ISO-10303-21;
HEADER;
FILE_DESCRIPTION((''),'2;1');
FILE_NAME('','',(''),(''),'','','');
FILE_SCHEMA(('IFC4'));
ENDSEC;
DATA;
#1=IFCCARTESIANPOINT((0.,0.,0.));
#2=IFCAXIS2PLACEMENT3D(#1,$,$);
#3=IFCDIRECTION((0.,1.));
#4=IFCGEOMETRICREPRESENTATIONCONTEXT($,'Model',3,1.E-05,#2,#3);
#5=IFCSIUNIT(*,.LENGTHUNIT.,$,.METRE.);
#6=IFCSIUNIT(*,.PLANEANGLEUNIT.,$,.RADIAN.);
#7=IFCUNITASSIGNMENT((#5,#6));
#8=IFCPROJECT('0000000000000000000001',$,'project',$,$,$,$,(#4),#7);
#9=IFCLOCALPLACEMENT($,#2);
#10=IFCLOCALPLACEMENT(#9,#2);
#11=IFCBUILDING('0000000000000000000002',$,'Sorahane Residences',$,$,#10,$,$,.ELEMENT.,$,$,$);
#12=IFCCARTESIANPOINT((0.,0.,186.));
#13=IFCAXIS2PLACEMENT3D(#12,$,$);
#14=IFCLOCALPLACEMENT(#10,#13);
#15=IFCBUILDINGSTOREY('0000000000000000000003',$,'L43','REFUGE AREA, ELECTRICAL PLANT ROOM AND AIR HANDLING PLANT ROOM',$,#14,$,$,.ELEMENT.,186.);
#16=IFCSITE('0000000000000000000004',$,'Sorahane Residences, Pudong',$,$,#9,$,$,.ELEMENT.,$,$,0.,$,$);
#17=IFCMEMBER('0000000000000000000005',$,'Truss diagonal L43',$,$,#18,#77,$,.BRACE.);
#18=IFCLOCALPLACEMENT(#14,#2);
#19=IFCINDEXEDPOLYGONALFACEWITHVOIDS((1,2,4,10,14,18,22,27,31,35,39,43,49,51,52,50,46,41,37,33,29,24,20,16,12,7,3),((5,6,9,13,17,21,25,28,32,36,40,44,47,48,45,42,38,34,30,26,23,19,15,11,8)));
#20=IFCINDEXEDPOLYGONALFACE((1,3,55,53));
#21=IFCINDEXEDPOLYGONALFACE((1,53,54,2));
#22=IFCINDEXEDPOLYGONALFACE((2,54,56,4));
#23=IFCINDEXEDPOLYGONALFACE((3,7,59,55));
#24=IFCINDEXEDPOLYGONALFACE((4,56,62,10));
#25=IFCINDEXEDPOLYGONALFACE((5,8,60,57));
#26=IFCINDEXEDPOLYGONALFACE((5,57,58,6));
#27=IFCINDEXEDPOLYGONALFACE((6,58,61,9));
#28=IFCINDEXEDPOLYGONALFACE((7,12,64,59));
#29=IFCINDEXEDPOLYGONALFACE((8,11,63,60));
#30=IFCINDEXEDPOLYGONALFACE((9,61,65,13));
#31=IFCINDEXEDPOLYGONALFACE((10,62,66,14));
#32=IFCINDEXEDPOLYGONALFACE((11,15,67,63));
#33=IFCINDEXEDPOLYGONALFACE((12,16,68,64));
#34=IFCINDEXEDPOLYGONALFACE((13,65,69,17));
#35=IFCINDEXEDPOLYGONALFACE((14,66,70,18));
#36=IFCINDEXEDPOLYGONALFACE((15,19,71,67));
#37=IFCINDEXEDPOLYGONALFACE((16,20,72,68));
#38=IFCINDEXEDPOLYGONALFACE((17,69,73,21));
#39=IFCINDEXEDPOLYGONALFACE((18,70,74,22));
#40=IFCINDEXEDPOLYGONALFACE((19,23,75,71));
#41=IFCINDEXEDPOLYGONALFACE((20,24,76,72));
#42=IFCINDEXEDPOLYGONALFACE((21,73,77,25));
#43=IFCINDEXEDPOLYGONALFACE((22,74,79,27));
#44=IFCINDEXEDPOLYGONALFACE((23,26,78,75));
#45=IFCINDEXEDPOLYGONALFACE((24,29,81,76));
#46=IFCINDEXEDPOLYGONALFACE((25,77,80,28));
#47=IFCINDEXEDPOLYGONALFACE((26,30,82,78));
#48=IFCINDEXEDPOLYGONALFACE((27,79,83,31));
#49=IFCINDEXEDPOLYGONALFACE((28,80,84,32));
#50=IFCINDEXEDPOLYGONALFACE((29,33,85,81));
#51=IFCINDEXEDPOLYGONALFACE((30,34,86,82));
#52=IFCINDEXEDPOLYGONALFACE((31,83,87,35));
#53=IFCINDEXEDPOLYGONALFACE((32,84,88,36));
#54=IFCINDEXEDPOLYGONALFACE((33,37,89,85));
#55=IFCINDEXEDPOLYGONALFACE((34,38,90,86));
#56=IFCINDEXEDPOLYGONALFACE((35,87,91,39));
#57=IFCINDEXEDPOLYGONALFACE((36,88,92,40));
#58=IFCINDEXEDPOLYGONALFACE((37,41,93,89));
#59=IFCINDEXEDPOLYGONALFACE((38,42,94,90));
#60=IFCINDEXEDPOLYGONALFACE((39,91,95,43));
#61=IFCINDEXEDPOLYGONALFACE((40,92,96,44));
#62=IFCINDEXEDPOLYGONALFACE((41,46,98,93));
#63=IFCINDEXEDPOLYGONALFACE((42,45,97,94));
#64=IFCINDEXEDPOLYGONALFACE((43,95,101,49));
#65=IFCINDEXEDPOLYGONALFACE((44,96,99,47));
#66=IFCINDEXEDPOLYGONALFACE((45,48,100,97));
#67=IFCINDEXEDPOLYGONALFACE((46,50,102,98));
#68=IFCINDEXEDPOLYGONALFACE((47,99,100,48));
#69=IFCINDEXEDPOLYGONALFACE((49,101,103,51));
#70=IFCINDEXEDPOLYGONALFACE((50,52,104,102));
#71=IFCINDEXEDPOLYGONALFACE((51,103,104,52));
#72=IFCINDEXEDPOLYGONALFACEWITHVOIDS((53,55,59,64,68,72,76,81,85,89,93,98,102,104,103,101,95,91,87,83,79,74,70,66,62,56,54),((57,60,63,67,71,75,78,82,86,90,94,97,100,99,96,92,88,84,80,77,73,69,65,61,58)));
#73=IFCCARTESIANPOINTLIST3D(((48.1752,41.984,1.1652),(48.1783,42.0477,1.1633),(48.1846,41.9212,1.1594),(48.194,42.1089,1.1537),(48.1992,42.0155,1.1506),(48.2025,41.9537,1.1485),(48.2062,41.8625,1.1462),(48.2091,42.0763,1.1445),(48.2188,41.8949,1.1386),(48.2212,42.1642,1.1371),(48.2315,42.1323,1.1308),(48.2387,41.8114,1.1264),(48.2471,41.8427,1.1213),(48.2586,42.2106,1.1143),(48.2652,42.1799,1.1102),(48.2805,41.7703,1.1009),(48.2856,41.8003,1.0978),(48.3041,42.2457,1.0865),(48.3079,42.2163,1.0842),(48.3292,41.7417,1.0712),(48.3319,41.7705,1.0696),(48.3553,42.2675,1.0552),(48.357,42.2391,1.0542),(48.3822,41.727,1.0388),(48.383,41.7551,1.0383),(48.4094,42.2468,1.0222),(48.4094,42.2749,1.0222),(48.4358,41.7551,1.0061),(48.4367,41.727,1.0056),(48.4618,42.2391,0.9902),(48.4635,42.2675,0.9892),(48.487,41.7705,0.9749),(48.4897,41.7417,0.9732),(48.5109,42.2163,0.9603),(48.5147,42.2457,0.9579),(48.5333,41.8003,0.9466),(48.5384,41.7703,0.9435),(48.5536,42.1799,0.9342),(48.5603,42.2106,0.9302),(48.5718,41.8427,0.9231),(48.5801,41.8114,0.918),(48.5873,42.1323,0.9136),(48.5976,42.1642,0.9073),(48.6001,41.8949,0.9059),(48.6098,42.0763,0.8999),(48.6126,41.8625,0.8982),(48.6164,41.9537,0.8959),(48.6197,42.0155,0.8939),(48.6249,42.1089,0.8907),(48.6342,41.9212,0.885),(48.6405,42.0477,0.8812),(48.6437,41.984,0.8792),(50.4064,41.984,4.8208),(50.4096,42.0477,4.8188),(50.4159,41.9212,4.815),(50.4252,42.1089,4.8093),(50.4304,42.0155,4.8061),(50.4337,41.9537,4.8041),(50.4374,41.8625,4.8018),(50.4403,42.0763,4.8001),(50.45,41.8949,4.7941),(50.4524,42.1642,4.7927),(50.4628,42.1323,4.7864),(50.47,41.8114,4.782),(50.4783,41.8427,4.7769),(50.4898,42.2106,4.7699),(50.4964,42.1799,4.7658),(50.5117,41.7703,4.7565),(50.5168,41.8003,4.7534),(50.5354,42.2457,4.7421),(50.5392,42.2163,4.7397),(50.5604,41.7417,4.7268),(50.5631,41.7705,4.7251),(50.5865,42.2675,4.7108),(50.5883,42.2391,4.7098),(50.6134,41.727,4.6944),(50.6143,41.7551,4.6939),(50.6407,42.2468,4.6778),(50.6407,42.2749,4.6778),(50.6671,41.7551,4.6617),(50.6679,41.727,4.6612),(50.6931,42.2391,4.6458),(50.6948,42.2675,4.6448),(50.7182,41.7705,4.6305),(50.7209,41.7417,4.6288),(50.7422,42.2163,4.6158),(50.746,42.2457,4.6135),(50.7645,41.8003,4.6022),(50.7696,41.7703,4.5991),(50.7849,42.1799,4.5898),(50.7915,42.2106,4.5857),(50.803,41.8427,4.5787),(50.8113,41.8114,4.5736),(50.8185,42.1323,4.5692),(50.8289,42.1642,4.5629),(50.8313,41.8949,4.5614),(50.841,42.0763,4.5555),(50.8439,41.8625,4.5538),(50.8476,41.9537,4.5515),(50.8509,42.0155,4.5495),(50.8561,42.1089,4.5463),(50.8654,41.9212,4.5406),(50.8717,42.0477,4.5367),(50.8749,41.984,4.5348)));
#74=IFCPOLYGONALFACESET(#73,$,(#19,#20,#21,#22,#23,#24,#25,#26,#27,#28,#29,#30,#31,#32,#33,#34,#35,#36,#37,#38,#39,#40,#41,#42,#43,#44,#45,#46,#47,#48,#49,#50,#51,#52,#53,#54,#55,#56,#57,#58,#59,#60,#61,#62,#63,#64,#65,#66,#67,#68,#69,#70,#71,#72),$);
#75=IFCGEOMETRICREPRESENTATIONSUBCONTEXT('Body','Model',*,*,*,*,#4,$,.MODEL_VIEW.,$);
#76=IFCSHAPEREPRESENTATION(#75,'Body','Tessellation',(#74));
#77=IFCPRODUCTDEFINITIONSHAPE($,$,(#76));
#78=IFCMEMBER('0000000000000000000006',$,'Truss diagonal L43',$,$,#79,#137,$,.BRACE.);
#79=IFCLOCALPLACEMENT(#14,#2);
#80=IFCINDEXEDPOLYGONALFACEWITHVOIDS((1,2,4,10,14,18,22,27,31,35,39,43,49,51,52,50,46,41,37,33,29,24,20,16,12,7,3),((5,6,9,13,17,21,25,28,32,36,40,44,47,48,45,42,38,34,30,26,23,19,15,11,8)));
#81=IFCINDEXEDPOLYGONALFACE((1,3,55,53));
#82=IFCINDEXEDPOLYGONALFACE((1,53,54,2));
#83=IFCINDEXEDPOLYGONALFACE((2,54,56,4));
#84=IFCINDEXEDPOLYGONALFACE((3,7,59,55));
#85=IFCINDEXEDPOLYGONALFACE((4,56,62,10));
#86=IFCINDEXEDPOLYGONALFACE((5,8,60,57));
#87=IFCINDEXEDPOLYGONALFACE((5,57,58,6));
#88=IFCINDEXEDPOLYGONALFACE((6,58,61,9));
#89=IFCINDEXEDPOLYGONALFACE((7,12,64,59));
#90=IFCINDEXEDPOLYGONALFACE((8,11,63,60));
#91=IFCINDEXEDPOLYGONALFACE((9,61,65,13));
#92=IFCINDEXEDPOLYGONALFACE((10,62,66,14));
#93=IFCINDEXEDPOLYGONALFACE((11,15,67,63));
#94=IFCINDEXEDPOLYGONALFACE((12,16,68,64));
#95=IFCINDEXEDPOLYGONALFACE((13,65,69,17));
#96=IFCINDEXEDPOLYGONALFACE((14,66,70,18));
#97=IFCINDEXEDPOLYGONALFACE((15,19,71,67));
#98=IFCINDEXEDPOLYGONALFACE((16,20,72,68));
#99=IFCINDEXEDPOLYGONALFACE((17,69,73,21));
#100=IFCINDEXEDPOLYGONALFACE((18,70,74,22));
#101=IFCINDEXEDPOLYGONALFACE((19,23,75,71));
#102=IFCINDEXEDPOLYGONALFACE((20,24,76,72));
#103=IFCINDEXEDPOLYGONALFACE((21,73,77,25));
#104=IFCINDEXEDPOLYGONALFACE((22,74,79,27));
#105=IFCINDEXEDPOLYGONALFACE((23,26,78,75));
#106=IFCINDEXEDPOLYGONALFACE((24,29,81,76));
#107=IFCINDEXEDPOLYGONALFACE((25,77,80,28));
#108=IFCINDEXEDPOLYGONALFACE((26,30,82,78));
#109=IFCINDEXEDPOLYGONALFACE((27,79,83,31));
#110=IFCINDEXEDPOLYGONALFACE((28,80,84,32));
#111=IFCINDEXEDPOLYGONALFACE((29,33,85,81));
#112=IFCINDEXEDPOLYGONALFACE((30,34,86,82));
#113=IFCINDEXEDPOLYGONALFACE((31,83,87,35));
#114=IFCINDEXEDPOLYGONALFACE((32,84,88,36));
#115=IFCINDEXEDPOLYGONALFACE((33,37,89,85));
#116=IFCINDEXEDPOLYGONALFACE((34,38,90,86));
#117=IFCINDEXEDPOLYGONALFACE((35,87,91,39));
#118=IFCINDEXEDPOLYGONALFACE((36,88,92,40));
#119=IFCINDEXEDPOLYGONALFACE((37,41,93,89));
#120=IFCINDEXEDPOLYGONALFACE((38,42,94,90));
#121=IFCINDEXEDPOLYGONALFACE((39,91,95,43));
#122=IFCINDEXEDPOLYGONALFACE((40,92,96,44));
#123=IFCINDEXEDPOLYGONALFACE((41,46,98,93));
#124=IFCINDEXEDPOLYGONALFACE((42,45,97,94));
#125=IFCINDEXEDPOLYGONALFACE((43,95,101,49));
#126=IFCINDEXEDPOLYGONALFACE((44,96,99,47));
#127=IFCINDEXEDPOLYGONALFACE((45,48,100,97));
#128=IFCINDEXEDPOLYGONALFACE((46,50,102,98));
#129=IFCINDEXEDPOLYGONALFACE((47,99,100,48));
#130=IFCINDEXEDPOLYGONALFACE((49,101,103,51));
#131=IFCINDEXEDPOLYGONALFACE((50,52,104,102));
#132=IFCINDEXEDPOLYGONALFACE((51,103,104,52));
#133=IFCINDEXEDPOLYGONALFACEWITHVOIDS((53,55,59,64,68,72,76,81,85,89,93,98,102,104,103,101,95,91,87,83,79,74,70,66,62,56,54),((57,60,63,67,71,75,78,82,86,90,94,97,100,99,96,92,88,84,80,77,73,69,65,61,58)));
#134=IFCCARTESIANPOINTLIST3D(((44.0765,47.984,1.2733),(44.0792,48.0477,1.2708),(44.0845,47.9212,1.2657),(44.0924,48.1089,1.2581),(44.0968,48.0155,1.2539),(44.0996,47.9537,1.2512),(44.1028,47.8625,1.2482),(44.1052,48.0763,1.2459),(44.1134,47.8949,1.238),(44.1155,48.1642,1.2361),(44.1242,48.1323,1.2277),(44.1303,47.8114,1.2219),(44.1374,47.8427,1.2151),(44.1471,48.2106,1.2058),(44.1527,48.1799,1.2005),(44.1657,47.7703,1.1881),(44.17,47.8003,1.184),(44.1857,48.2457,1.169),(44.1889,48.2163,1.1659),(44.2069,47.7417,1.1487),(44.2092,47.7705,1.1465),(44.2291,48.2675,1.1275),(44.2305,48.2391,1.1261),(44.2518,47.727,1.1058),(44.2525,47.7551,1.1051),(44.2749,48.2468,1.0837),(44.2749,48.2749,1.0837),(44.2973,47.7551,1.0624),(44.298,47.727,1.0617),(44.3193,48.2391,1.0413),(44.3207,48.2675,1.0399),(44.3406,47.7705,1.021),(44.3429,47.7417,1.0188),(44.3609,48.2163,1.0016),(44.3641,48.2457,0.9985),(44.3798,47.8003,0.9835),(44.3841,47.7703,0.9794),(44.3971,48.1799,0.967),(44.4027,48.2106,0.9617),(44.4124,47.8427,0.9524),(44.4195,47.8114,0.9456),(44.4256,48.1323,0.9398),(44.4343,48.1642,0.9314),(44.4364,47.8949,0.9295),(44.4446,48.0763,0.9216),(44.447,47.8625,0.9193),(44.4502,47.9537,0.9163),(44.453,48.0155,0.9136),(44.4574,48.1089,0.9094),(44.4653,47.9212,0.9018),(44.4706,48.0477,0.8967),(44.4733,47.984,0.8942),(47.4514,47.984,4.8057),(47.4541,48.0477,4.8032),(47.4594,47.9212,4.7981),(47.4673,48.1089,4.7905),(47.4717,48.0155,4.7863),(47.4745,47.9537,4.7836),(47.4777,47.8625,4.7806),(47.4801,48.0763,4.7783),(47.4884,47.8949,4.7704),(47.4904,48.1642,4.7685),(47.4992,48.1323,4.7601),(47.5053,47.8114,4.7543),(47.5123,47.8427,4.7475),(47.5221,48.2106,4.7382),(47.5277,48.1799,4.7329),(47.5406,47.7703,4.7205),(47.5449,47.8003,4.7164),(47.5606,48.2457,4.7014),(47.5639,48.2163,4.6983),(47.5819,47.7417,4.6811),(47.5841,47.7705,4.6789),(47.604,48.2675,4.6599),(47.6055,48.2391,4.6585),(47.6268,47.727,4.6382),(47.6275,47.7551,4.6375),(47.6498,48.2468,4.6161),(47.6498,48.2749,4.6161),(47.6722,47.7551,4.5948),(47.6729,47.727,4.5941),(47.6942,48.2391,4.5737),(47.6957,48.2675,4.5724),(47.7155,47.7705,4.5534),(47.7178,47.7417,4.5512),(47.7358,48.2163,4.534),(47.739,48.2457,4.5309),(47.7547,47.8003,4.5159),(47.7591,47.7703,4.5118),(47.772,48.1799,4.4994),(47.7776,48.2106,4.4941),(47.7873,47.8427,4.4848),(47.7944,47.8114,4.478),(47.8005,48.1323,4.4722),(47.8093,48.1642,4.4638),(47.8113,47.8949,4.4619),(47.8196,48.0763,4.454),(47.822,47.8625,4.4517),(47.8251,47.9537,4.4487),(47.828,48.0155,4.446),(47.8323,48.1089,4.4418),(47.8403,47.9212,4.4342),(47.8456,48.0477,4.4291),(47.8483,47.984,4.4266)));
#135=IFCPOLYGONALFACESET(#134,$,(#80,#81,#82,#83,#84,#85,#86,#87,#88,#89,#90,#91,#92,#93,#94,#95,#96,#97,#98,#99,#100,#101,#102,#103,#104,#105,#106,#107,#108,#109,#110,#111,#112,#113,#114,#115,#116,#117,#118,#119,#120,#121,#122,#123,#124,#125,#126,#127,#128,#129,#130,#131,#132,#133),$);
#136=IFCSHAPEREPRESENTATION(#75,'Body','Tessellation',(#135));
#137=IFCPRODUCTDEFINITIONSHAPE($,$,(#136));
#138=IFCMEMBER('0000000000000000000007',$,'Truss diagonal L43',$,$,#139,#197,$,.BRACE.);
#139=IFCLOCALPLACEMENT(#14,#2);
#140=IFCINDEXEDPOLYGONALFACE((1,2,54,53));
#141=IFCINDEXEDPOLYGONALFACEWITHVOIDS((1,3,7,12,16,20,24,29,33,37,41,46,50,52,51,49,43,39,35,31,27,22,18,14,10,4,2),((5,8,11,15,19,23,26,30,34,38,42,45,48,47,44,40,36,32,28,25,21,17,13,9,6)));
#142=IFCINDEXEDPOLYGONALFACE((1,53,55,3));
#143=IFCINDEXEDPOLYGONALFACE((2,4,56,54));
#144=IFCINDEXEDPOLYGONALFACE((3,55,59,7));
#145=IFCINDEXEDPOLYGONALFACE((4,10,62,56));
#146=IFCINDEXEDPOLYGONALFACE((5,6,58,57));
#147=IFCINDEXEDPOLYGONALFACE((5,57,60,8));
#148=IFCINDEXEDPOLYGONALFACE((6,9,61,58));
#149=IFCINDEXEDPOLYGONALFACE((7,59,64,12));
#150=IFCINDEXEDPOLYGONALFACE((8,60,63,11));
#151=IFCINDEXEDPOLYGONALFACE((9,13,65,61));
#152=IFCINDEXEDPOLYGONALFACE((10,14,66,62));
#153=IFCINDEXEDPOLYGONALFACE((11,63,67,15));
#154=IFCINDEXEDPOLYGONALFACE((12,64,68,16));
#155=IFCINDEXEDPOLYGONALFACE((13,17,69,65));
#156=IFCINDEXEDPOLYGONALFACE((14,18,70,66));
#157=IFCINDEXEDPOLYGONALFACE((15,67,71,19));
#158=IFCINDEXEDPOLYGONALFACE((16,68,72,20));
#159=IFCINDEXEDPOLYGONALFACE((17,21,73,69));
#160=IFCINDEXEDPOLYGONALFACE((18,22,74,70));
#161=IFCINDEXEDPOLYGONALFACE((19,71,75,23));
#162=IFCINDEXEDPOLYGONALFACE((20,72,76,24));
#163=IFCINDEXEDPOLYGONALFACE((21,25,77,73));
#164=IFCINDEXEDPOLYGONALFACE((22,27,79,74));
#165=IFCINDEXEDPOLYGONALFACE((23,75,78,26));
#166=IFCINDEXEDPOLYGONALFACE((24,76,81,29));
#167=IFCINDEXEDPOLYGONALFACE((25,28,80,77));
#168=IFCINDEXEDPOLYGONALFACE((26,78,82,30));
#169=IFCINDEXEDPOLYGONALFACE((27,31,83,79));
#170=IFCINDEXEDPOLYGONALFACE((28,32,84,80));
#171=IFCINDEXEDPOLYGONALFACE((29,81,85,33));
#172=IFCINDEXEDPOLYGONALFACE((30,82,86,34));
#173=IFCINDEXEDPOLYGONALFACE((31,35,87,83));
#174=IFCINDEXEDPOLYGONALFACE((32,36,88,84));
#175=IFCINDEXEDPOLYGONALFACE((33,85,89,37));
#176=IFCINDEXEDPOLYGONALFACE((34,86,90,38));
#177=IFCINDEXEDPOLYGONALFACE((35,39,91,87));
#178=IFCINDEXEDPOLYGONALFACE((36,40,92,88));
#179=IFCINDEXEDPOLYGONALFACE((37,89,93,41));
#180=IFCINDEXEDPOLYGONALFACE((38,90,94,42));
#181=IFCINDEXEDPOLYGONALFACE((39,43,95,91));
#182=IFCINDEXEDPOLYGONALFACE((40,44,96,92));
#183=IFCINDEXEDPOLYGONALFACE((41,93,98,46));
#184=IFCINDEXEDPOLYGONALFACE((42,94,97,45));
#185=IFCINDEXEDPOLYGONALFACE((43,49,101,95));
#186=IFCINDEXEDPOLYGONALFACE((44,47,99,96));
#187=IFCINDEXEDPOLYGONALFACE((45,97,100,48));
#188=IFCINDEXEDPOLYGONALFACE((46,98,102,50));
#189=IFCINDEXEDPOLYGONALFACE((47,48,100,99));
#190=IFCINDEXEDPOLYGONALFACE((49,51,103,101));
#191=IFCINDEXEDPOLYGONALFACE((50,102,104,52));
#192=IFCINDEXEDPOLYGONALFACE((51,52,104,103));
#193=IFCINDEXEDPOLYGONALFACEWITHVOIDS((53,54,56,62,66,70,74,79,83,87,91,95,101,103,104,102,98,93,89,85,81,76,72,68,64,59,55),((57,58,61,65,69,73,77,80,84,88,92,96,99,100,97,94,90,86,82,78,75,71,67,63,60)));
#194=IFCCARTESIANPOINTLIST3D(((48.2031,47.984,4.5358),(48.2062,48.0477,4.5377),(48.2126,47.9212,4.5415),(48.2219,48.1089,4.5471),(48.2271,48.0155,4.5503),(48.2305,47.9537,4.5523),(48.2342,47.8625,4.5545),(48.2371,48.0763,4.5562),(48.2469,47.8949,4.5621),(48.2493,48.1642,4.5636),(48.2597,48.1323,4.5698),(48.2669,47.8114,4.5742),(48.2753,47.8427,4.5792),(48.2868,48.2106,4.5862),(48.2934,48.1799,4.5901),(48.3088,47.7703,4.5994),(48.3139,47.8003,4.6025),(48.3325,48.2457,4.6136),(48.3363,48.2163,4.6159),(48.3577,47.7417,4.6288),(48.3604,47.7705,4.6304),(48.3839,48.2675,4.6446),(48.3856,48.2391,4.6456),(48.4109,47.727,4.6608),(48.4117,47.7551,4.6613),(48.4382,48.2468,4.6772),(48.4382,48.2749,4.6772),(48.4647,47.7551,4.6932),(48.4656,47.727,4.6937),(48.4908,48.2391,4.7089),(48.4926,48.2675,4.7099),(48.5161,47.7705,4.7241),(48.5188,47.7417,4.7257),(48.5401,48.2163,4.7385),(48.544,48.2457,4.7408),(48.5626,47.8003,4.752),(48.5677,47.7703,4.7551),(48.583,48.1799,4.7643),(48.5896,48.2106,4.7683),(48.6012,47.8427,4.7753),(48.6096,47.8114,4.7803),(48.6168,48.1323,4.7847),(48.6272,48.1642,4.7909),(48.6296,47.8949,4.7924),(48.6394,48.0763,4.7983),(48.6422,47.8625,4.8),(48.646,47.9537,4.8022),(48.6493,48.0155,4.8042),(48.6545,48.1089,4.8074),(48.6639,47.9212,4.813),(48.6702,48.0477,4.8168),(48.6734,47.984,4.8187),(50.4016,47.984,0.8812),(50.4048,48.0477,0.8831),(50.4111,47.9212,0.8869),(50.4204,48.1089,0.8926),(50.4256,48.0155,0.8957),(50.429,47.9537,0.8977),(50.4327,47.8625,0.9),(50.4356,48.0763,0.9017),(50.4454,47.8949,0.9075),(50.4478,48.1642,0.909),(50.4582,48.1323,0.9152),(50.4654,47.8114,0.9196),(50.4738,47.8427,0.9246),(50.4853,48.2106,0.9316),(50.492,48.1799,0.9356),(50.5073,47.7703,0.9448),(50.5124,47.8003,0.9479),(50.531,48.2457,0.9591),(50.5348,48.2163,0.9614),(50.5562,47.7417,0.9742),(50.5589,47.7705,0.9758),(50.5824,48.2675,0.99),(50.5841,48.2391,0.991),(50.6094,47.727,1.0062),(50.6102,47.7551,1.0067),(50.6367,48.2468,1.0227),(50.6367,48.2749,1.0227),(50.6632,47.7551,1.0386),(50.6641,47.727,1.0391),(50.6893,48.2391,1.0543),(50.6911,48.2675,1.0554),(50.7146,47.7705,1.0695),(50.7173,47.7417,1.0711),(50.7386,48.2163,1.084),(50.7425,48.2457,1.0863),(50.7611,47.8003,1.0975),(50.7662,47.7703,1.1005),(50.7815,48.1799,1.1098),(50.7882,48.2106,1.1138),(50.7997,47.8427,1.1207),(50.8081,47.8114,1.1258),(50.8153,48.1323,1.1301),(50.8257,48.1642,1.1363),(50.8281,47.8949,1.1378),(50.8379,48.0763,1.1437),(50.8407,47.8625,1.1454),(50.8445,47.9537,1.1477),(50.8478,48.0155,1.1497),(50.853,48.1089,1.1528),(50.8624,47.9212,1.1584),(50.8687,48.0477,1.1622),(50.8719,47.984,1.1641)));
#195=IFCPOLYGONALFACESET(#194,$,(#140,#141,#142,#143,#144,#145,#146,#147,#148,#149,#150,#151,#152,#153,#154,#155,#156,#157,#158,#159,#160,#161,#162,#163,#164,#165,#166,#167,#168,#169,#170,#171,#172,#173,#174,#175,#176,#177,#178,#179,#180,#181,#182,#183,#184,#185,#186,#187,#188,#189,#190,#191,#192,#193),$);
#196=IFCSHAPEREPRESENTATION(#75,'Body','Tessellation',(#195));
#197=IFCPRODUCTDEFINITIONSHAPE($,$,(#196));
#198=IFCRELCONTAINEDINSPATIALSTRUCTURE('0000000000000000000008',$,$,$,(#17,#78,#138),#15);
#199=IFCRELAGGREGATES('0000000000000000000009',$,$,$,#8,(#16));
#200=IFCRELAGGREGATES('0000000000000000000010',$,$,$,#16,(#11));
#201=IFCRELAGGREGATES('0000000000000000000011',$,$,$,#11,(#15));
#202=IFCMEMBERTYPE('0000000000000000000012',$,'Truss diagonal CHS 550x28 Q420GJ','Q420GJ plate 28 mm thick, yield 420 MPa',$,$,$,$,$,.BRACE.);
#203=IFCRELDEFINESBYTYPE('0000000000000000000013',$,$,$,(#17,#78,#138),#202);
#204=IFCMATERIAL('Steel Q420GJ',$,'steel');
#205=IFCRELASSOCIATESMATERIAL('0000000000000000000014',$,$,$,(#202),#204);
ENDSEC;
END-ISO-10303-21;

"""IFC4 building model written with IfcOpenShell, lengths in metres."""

from ifc_helpers import new_model, si_unit, direction, frame, origin, origin_2d, place, context, subcontext, project, spatial, hollow_circle, extrude, material, material_profile, profile_set, type_object, element, save


model = new_model("IFC4")

# Units and contexts
model_context = context("Model", 3, precision=1e-05, world=origin(), true_north=direction((0.0, 1.0)))
body_context = subcontext(model_context, "Body", "Model", "MODEL_VIEW")
ifc_project = project(units=[si_unit("LENGTHUNIT", "METRE"), si_unit("PLANEANGLEUNIT", "RADIAN")], contexts=[model_context])

# Site, building, storey
site_placement = place(None, origin())
site = spatial("IfcSite", under=ifc_project, at=site_placement, Name="Sorahane Residences, Pudong", CompositionType="ELEMENT", RefElevation=0.0)
building_placement = place(site_placement, origin())
building = spatial("IfcBuilding", under=site, at=building_placement, Name="Sorahane Residences", CompositionType="ELEMENT")
storey_placement = place(building_placement, frame((0.0, 0.0, 186.0)))
storey = spatial("IfcBuildingStorey", under=building, at=storey_placement, Name="L43", Description="REFUGE AREA, ELECTRICAL PLANT ROOM AND AIR HANDLING PLANT ROOM", CompositionType="ELEMENT", Elevation=186.0)

# Members
ifc_material_1 = material(Name="Steel Q420GJ", Category="steel")
ifc_material_profile_1 = material_profile(ifc_material_1, hollow_circle(Radius=0.2749, WallThickness=0.0281, at=origin_2d()), Name="CHS 550x28")
ifc_profile_set_1 = profile_set([ifc_material_profile_1], Name="Steel Q420GJ")
member_type = type_object("IfcMemberType", Name="Truss diagonal CHS 550x28 Q420GJ", Description="Q420GJ plate 28 mm thick, yield 420 MPa", PredefinedType="BRACE", material=ifc_profile_set_1)
member_1_placement = place(storey_placement, frame((48.4094, 42.0, 1.0222), z_axis=(0.520986, 0.0, 0.853565), x_axis=(0.0, 1.0, 0.0)))
element("IfcMember", 1, at=member_1_placement, inside=storey, type_object=member_type, Name="Truss diagonal L43", PredefinedType="BRACE", context=body_context, shape_type="SweptSolid", body=[
    extrude(hollow_circle(Radius=0.2749, WallThickness=0.0281, at=origin_2d()), origin(), (0.0, 0.0, 1.0), 4.2827),
])
member_2_placement = place(storey_placement, frame((44.2749, 48.0, 1.0837), z_axis=(0.690807, 0.0, 0.723039), x_axis=(0.0, 1.0, 0.0)))
element("IfcMember", 2, at=member_2_placement, inside=storey, type_object=member_type, Name="Truss diagonal L43", PredefinedType="BRACE", context=body_context, shape_type="SweptSolid", body=[
    extrude(hollow_circle(Radius=0.2749, WallThickness=0.0281, at=origin_2d()), origin(), (0.0, 0.0, 1.0), 4.8855),
])
member_3_placement = place(storey_placement, frame((48.4382, 48.0, 4.6772), z_axis=(0.515489, 0.0, -0.856896), x_axis=(0.0, 1.0, 0.0)))
element("IfcMember", 3, at=member_3_placement, inside=storey, type_object=member_type, Name="Truss diagonal L43", PredefinedType="BRACE", context=body_context, shape_type="SweptSolid", body=[
    extrude(hollow_circle(Radius=0.2749, WallThickness=0.0281, at=origin_2d()), origin(), (0.0, 0.0, 1.0), 4.2649),
])

save(model, "model.ifc")
